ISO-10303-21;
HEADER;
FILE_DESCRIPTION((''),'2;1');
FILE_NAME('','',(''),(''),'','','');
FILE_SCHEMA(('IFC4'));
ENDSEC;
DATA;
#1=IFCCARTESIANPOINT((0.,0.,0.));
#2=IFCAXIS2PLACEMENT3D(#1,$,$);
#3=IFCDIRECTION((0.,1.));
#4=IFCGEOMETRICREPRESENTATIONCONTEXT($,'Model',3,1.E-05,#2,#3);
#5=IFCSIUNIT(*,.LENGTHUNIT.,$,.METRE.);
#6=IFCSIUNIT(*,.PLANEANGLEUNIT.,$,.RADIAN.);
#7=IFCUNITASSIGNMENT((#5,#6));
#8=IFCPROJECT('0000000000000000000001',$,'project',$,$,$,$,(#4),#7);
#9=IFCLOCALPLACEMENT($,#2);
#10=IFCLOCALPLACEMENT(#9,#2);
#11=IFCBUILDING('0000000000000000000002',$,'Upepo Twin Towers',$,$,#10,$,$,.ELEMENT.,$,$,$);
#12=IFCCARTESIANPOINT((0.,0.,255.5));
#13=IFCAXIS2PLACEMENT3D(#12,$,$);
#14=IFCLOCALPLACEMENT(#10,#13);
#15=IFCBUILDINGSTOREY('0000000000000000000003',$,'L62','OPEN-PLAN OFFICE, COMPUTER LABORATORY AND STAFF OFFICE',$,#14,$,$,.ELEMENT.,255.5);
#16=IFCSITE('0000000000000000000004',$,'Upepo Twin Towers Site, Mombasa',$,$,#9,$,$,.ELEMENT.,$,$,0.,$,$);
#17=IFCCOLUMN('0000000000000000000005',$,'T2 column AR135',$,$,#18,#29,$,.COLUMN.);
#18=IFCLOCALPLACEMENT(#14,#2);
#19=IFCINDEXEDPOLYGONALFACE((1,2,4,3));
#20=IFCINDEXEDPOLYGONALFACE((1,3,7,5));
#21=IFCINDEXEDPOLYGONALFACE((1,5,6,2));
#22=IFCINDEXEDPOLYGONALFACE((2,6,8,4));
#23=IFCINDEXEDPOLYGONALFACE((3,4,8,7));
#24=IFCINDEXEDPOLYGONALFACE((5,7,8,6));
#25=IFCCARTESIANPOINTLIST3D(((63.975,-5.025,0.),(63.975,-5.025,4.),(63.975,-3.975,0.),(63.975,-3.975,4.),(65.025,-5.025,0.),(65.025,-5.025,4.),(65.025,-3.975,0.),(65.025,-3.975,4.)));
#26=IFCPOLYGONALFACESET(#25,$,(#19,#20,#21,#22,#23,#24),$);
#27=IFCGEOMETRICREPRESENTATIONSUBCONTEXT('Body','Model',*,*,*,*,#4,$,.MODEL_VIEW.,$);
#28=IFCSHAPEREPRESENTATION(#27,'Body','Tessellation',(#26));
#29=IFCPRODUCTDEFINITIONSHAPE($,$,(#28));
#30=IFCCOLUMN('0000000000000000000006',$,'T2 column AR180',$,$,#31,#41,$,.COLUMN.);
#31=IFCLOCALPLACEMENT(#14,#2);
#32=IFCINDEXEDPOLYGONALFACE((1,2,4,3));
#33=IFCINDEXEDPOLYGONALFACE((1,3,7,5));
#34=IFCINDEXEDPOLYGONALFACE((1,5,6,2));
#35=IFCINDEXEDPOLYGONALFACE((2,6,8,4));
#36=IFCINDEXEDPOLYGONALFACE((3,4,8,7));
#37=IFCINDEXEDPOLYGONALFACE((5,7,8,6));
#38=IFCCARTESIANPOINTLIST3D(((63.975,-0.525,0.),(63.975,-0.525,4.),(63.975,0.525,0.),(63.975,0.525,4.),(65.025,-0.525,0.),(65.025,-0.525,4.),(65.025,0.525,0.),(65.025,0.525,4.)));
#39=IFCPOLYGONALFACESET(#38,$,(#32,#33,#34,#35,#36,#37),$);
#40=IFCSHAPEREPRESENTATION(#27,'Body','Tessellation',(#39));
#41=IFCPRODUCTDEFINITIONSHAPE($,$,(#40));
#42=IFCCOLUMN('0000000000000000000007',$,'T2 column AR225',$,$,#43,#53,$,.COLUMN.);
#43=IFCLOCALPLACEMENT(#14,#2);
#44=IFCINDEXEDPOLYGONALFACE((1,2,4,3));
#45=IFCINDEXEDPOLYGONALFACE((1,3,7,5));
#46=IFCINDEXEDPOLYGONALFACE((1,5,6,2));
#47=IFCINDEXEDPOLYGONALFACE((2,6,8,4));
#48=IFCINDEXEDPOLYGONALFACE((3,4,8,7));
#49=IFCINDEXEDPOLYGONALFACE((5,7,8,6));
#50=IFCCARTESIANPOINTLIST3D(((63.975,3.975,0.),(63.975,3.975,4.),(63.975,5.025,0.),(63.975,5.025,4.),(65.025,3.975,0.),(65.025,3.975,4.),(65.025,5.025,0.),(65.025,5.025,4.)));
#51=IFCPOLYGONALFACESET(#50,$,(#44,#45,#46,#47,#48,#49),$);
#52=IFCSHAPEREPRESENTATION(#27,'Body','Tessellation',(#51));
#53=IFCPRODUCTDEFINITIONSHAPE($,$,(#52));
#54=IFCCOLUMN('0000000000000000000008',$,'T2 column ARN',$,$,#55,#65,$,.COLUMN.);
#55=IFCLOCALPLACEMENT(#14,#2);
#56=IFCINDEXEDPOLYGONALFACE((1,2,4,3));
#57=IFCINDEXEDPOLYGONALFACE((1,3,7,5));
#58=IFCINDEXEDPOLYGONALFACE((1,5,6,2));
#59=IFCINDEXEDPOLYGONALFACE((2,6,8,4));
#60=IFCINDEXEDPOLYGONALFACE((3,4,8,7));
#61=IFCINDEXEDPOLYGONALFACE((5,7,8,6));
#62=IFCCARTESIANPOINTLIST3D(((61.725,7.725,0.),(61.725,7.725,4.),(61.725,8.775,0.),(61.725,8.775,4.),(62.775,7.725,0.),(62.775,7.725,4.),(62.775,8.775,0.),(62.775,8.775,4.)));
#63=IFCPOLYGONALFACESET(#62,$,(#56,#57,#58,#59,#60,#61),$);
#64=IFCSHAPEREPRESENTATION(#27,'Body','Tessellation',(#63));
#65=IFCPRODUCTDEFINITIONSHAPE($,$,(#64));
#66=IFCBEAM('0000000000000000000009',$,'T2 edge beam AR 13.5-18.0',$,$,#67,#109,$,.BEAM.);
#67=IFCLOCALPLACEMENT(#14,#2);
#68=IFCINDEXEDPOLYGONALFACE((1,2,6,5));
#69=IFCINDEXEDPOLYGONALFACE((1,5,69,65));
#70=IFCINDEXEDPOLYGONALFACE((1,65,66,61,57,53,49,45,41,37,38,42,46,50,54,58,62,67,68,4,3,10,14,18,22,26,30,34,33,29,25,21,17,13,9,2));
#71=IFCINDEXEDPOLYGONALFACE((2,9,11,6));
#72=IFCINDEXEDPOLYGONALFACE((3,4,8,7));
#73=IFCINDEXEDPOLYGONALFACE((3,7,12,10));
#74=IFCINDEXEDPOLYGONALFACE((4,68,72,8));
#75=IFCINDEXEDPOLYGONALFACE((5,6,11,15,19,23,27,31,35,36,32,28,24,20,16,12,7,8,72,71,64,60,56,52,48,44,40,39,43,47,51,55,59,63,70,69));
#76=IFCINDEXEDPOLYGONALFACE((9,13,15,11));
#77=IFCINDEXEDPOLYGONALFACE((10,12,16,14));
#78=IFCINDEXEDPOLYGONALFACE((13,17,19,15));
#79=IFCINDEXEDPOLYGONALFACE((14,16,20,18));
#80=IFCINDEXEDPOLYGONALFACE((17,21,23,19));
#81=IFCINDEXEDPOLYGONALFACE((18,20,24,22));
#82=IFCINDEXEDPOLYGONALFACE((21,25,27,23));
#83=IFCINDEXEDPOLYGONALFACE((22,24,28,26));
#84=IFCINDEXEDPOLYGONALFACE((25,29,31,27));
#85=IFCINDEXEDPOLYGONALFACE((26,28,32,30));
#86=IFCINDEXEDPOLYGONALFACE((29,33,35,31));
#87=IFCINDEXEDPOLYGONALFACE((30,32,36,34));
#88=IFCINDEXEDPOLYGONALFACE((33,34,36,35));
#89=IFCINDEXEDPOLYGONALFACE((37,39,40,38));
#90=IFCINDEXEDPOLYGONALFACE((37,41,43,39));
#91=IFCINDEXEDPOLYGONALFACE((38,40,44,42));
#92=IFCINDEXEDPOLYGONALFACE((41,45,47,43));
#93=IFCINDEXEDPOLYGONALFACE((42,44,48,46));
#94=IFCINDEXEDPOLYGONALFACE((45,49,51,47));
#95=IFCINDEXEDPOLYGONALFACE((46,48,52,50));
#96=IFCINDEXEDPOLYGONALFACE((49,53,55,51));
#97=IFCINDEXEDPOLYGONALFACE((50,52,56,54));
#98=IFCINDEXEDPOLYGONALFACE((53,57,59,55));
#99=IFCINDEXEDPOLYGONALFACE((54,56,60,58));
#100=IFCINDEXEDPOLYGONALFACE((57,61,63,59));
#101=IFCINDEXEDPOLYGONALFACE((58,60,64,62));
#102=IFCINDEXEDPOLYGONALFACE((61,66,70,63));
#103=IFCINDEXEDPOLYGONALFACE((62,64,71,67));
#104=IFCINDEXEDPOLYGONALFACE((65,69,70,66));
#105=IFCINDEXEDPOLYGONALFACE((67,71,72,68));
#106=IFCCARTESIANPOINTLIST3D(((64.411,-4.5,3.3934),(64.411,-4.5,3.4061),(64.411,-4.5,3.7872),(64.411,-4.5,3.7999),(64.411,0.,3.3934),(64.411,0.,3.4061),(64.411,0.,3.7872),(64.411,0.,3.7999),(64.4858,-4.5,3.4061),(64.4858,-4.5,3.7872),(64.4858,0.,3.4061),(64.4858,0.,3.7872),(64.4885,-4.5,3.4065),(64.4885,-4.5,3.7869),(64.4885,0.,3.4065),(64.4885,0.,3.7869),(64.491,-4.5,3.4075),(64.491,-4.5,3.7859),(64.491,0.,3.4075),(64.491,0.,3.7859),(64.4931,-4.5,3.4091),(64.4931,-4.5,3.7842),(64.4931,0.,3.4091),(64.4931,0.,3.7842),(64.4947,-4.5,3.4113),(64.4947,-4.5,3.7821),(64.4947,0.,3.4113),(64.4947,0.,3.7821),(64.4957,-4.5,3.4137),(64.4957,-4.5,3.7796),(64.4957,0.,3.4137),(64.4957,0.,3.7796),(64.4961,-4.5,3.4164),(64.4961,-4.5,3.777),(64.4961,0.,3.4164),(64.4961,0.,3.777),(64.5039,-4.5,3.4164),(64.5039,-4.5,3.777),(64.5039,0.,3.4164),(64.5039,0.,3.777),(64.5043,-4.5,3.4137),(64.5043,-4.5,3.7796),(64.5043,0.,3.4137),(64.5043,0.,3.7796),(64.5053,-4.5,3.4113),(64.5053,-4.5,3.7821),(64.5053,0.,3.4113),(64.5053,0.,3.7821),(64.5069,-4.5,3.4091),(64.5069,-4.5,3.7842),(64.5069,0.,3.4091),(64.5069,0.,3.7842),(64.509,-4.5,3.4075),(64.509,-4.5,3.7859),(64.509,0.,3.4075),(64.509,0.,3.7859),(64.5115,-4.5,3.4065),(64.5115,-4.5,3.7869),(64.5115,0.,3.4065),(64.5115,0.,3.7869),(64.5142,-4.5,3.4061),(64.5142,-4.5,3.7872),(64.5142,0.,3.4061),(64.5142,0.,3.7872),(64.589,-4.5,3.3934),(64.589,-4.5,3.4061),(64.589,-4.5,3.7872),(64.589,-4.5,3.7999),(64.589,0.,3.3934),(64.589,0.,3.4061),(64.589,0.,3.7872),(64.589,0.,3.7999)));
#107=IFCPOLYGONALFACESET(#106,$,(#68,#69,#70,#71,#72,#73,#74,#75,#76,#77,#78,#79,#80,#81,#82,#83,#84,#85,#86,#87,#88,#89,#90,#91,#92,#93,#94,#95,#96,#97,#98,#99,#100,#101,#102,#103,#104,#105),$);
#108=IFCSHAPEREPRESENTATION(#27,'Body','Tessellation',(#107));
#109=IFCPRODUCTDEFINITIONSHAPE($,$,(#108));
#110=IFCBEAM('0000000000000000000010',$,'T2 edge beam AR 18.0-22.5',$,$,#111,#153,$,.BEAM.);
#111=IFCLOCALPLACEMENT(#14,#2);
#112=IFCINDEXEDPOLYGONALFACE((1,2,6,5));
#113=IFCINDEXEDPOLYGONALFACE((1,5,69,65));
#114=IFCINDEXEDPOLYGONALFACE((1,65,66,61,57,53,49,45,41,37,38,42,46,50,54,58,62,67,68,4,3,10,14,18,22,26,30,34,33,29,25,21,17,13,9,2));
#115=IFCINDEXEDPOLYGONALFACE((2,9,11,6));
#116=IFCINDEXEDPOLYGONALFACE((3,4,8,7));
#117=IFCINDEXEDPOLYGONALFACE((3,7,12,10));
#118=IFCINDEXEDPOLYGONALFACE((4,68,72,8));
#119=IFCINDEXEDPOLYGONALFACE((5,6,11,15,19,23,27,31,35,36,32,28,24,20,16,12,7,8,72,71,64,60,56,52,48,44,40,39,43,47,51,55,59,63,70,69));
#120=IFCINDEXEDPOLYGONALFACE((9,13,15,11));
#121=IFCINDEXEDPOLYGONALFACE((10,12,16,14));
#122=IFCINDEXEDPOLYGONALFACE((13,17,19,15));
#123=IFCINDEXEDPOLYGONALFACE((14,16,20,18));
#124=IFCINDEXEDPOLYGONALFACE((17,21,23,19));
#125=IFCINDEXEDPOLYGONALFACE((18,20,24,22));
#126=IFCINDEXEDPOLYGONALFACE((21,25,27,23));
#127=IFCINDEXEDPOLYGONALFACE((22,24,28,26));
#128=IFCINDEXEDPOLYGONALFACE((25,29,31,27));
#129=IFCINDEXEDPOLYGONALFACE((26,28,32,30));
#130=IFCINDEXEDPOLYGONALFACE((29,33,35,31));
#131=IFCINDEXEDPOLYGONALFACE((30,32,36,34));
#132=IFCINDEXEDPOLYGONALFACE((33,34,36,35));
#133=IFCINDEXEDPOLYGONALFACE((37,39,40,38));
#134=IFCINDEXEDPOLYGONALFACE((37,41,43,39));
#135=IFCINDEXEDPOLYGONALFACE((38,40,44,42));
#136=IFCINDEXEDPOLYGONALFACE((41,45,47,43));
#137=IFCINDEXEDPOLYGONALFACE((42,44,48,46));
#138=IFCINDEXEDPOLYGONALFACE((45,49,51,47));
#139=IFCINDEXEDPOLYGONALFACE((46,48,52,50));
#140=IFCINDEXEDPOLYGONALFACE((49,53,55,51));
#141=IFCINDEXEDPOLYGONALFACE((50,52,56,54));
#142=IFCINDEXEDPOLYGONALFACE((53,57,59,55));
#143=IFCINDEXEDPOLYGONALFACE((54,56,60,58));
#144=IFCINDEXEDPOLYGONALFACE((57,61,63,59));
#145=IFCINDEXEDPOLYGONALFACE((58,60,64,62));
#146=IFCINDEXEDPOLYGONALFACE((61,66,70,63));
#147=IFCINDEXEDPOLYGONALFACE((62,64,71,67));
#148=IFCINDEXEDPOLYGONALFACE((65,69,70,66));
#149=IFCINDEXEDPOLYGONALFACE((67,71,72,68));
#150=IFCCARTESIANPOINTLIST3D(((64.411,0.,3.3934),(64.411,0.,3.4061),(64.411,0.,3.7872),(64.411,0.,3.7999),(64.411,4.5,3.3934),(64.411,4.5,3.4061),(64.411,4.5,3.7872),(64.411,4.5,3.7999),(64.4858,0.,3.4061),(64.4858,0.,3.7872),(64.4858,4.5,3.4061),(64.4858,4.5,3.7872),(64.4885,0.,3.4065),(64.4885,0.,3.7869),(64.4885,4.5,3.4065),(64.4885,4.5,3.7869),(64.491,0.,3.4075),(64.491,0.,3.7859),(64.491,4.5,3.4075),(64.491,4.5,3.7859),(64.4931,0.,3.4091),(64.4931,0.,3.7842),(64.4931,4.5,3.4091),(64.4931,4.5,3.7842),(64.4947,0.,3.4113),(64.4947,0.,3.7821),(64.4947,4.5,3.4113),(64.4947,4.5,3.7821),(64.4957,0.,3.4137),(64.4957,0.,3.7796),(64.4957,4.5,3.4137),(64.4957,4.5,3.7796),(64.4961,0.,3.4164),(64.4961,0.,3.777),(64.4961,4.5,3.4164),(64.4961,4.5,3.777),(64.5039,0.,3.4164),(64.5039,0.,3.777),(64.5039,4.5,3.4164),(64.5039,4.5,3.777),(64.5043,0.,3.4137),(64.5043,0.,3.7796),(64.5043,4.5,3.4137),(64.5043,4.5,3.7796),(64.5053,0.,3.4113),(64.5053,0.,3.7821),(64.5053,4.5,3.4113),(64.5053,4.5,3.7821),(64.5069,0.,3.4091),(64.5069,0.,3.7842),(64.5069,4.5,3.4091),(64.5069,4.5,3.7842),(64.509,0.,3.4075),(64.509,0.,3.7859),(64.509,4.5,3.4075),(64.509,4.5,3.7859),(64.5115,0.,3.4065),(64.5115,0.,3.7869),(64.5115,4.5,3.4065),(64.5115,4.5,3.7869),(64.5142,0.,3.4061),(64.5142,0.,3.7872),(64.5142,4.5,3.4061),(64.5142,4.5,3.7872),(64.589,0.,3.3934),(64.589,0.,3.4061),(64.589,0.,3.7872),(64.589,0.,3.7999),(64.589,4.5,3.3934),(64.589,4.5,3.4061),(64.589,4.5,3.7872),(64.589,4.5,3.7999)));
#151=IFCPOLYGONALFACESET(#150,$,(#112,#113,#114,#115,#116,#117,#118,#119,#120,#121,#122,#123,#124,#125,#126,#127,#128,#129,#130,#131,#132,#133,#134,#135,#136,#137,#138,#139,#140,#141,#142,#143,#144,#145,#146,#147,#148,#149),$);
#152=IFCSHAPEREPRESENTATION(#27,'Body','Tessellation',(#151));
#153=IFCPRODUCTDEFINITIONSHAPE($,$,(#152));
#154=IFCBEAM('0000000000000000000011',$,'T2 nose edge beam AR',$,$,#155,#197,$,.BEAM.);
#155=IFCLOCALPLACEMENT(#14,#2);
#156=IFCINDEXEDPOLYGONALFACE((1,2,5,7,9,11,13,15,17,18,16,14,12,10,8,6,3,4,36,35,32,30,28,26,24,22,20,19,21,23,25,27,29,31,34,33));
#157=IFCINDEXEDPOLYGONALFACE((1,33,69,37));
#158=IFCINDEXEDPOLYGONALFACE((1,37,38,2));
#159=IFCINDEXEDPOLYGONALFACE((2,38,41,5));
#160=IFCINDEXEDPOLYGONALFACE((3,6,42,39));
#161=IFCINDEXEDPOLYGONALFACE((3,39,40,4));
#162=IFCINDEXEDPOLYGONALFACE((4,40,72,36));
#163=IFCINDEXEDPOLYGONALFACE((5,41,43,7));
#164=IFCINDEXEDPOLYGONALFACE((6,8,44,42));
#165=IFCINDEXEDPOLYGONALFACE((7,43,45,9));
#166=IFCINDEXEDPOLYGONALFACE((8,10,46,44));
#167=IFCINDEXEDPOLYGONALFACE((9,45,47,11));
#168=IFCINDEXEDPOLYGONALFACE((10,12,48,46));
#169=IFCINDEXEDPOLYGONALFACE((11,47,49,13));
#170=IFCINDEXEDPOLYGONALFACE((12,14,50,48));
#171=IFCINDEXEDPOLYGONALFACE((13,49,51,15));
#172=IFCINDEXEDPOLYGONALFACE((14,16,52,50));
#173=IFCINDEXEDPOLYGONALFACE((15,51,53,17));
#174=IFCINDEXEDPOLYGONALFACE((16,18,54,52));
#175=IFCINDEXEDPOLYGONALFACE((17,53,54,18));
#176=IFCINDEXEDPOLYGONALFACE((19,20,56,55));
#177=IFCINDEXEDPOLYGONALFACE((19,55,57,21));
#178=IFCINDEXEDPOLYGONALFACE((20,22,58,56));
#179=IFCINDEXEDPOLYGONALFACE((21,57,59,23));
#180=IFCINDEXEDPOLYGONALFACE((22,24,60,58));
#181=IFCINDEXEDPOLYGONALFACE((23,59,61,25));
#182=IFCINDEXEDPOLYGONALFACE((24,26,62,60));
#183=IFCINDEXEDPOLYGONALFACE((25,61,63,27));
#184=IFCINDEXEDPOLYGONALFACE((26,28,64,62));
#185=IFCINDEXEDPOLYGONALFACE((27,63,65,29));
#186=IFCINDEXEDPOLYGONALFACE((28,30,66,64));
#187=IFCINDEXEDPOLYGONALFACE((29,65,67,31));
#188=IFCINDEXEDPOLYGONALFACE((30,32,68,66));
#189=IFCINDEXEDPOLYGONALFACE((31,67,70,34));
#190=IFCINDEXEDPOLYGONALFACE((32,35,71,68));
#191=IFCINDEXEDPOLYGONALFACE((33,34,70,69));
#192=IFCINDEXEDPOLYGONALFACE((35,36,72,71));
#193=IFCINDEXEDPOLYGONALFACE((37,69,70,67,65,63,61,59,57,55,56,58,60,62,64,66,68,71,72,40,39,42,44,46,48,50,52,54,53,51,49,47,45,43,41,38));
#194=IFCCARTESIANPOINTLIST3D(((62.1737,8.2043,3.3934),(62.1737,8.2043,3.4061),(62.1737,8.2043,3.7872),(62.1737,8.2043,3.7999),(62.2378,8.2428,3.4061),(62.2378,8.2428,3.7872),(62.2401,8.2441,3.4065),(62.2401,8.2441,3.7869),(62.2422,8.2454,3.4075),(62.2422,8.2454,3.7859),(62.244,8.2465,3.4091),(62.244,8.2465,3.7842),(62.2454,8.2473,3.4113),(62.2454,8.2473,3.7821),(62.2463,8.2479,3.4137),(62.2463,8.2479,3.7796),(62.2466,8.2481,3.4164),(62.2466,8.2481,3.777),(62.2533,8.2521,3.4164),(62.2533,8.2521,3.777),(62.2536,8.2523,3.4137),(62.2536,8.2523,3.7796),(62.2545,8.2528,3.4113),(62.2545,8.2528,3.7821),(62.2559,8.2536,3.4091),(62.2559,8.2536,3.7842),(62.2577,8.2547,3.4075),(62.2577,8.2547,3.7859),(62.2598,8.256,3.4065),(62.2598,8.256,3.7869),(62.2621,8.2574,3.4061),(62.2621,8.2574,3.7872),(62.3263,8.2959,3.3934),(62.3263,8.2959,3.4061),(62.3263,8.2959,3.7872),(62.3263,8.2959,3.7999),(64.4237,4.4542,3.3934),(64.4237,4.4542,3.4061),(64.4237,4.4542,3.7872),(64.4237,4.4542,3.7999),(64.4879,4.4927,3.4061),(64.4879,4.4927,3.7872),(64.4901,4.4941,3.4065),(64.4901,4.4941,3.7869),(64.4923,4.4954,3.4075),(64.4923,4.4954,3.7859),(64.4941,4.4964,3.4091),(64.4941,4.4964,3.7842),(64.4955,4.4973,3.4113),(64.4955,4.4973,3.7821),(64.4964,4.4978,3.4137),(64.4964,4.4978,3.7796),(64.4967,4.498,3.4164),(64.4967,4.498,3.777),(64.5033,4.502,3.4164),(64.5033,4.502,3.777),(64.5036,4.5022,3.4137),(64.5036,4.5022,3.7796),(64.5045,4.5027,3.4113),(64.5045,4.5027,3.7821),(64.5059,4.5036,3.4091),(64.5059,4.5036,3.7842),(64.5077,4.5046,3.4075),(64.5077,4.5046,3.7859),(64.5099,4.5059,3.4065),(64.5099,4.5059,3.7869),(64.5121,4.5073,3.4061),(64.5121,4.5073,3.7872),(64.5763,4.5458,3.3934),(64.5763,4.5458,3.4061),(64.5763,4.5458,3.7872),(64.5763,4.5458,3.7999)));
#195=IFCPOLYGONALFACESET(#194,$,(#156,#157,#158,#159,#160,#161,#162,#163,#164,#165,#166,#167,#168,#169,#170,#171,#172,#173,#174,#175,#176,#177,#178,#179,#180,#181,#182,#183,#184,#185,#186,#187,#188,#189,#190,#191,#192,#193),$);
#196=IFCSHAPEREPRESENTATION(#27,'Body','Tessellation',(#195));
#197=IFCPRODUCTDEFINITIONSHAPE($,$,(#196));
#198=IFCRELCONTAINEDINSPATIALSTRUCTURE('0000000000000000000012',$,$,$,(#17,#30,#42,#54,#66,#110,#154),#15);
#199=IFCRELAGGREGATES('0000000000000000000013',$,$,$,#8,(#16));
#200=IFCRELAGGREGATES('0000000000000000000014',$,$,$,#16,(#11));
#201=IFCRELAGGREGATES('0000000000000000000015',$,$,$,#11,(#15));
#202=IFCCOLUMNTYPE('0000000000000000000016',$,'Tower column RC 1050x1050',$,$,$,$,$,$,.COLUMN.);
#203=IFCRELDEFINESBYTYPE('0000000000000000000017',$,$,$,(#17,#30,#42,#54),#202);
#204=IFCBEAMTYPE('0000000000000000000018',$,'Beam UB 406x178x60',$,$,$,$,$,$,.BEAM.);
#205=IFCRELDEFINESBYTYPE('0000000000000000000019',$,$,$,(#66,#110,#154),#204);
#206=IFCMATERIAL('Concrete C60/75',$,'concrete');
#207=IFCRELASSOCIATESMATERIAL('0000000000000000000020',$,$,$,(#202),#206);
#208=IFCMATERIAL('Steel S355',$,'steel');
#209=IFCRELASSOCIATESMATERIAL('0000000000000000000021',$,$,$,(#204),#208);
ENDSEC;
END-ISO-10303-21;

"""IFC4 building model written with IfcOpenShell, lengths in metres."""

from ifc_helpers import new_model, si_unit, direction, frame, origin, origin_2d, place, context, subcontext, project, spatial, rectangle, i_section, extrude, material, material_profile, profile_set, type_object, element, save


model = new_model("IFC4")

# Units and contexts
model_context = context("Model", 3, precision=1e-05, world=origin(), true_north=direction((0.0, 1.0)))
body_context = subcontext(model_context, "Body", "Model", "MODEL_VIEW")
ifc_project = project(units=[si_unit("LENGTHUNIT", "METRE"), si_unit("PLANEANGLEUNIT", "RADIAN")], contexts=[model_context])

# Site, building, storey
site_placement = place(None, origin())
site = spatial("IfcSite", under=ifc_project, at=site_placement, Name="Upepo Twin Towers Site, Mombasa", CompositionType="ELEMENT", RefElevation=0.0)
building_placement = place(site_placement, origin())
building = spatial("IfcBuilding", under=site, at=building_placement, Name="Upepo Twin Towers", CompositionType="ELEMENT")
storey_placement = place(building_placement, frame((0.0, 0.0, 255.5)))
storey = spatial("IfcBuildingStorey", under=building, at=storey_placement, Name="L62", Description="OPEN-PLAN OFFICE, COMPUTER LABORATORY AND STAFF OFFICE", CompositionType="ELEMENT", Elevation=255.5)

# Columns
ifc_material_1 = material(Name="Concrete C60/75", Category="concrete")
ifc_material_profile_1 = material_profile(ifc_material_1, rectangle(XDim=1.05, YDim=1.05, at=origin_2d()), Name="RC 1050x1050")
ifc_profile_set_1 = profile_set([ifc_material_profile_1], Name="Concrete C60/75")
column_type = type_object("IfcColumnType", Name="Tower column RC 1050x1050", PredefinedType="COLUMN", material=ifc_profile_set_1)
for number, where, z_axis, x_axis, name in (
    (1, (64.5, -4.5, 0.0), (0.0, 0.0, 1.0), (1.0, 0.0, 0.0), "T2 column AR135"),
    (2, (64.5, 0.0, 0.0), (0.0, 0.0, 1.0), (1.0, 0.0, 0.0), "T2 column AR180"),
    (3, (64.5, 4.5, 0.0), (0.0, 0.0, 1.0), (1.0, 0.0, 0.0), "T2 column AR225"),
    (4, (62.25, 8.25, 0.0), (0.0, 0.0, 1.0), (1.0, 0.0, 0.0), "T2 column ARN"),
):
    element("IfcColumn", number, at=place(storey_placement, frame(where, z_axis=z_axis, x_axis=x_axis)), inside=storey, type_object=column_type, Name=name, PredefinedType="COLUMN", context=body_context, shape_type="SweptSolid", body=[
        extrude(rectangle(XDim=1.05, YDim=1.05, at=origin_2d()), origin(), (0.0, 0.0, 1.0), 4.0),
    ])

# Beams
ifc_material_2 = material(Name="Steel S355", Category="steel")
ifc_material_profile_2 = material_profile(ifc_material_2, i_section(OverallWidth=0.178, OverallDepth=0.4065, WebThickness=0.0078, FlangeThickness=0.0127, FilletRadius=0.0103, at=origin_2d()), Name="UB 406x178x60")
ifc_profile_set_2 = profile_set([ifc_material_profile_2], Name="Steel S355")
beam_type_1 = type_object("IfcBeamType", Name="Beam UB 406x178x60", PredefinedType="BEAM", material=ifc_profile_set_2)
for number, where, z_axis, x_axis, name in (
    (5, (64.5, -4.5, 3.5967), (0.0, 1.0, 0.0), (-1.0, 0.0, 0.0), "T2 edge beam AR 13.5-18.0"),
    (6, (64.5, 0.0, 3.5967), (0.0, 1.0, 0.0), (-1.0, 0.0, 0.0), "T2 edge beam AR 18.0-22.5"),
):
    element("IfcBeam", number, at=place(storey_placement, frame(where, z_axis=z_axis, x_axis=x_axis)), inside=storey, type_object=beam_type_1, Name=name, PredefinedType="BEAM", context=body_context, shape_type="SweptSolid", body=[
        extrude(i_section(OverallWidth=0.178, OverallDepth=0.4065, WebThickness=0.0078, FlangeThickness=0.0127, FilletRadius=0.0103, at=origin_2d()), origin(), (0.0, 0.0, 1.0), 4.5),
    ])
beam_1_placement = place(storey_placement, frame((64.5, 4.5, 3.5967), z_axis=(-0.514496, 0.857493, 0.0), x_axis=(-0.857493, -0.514496, 0.0)))
element("IfcBeam", 7, at=beam_1_placement, inside=storey, type_object=beam_type_1, Name="T2 nose edge beam AR", PredefinedType="BEAM", context=body_context, shape_type="SweptSolid", body=[
    extrude(i_section(OverallWidth=0.178, OverallDepth=0.4065, WebThickness=0.0078, FlangeThickness=0.0127, FilletRadius=0.0103, at=origin_2d()), origin(), (0.0, 0.0, 1.0), 4.3733),
])

save(model, "model.ifc")
